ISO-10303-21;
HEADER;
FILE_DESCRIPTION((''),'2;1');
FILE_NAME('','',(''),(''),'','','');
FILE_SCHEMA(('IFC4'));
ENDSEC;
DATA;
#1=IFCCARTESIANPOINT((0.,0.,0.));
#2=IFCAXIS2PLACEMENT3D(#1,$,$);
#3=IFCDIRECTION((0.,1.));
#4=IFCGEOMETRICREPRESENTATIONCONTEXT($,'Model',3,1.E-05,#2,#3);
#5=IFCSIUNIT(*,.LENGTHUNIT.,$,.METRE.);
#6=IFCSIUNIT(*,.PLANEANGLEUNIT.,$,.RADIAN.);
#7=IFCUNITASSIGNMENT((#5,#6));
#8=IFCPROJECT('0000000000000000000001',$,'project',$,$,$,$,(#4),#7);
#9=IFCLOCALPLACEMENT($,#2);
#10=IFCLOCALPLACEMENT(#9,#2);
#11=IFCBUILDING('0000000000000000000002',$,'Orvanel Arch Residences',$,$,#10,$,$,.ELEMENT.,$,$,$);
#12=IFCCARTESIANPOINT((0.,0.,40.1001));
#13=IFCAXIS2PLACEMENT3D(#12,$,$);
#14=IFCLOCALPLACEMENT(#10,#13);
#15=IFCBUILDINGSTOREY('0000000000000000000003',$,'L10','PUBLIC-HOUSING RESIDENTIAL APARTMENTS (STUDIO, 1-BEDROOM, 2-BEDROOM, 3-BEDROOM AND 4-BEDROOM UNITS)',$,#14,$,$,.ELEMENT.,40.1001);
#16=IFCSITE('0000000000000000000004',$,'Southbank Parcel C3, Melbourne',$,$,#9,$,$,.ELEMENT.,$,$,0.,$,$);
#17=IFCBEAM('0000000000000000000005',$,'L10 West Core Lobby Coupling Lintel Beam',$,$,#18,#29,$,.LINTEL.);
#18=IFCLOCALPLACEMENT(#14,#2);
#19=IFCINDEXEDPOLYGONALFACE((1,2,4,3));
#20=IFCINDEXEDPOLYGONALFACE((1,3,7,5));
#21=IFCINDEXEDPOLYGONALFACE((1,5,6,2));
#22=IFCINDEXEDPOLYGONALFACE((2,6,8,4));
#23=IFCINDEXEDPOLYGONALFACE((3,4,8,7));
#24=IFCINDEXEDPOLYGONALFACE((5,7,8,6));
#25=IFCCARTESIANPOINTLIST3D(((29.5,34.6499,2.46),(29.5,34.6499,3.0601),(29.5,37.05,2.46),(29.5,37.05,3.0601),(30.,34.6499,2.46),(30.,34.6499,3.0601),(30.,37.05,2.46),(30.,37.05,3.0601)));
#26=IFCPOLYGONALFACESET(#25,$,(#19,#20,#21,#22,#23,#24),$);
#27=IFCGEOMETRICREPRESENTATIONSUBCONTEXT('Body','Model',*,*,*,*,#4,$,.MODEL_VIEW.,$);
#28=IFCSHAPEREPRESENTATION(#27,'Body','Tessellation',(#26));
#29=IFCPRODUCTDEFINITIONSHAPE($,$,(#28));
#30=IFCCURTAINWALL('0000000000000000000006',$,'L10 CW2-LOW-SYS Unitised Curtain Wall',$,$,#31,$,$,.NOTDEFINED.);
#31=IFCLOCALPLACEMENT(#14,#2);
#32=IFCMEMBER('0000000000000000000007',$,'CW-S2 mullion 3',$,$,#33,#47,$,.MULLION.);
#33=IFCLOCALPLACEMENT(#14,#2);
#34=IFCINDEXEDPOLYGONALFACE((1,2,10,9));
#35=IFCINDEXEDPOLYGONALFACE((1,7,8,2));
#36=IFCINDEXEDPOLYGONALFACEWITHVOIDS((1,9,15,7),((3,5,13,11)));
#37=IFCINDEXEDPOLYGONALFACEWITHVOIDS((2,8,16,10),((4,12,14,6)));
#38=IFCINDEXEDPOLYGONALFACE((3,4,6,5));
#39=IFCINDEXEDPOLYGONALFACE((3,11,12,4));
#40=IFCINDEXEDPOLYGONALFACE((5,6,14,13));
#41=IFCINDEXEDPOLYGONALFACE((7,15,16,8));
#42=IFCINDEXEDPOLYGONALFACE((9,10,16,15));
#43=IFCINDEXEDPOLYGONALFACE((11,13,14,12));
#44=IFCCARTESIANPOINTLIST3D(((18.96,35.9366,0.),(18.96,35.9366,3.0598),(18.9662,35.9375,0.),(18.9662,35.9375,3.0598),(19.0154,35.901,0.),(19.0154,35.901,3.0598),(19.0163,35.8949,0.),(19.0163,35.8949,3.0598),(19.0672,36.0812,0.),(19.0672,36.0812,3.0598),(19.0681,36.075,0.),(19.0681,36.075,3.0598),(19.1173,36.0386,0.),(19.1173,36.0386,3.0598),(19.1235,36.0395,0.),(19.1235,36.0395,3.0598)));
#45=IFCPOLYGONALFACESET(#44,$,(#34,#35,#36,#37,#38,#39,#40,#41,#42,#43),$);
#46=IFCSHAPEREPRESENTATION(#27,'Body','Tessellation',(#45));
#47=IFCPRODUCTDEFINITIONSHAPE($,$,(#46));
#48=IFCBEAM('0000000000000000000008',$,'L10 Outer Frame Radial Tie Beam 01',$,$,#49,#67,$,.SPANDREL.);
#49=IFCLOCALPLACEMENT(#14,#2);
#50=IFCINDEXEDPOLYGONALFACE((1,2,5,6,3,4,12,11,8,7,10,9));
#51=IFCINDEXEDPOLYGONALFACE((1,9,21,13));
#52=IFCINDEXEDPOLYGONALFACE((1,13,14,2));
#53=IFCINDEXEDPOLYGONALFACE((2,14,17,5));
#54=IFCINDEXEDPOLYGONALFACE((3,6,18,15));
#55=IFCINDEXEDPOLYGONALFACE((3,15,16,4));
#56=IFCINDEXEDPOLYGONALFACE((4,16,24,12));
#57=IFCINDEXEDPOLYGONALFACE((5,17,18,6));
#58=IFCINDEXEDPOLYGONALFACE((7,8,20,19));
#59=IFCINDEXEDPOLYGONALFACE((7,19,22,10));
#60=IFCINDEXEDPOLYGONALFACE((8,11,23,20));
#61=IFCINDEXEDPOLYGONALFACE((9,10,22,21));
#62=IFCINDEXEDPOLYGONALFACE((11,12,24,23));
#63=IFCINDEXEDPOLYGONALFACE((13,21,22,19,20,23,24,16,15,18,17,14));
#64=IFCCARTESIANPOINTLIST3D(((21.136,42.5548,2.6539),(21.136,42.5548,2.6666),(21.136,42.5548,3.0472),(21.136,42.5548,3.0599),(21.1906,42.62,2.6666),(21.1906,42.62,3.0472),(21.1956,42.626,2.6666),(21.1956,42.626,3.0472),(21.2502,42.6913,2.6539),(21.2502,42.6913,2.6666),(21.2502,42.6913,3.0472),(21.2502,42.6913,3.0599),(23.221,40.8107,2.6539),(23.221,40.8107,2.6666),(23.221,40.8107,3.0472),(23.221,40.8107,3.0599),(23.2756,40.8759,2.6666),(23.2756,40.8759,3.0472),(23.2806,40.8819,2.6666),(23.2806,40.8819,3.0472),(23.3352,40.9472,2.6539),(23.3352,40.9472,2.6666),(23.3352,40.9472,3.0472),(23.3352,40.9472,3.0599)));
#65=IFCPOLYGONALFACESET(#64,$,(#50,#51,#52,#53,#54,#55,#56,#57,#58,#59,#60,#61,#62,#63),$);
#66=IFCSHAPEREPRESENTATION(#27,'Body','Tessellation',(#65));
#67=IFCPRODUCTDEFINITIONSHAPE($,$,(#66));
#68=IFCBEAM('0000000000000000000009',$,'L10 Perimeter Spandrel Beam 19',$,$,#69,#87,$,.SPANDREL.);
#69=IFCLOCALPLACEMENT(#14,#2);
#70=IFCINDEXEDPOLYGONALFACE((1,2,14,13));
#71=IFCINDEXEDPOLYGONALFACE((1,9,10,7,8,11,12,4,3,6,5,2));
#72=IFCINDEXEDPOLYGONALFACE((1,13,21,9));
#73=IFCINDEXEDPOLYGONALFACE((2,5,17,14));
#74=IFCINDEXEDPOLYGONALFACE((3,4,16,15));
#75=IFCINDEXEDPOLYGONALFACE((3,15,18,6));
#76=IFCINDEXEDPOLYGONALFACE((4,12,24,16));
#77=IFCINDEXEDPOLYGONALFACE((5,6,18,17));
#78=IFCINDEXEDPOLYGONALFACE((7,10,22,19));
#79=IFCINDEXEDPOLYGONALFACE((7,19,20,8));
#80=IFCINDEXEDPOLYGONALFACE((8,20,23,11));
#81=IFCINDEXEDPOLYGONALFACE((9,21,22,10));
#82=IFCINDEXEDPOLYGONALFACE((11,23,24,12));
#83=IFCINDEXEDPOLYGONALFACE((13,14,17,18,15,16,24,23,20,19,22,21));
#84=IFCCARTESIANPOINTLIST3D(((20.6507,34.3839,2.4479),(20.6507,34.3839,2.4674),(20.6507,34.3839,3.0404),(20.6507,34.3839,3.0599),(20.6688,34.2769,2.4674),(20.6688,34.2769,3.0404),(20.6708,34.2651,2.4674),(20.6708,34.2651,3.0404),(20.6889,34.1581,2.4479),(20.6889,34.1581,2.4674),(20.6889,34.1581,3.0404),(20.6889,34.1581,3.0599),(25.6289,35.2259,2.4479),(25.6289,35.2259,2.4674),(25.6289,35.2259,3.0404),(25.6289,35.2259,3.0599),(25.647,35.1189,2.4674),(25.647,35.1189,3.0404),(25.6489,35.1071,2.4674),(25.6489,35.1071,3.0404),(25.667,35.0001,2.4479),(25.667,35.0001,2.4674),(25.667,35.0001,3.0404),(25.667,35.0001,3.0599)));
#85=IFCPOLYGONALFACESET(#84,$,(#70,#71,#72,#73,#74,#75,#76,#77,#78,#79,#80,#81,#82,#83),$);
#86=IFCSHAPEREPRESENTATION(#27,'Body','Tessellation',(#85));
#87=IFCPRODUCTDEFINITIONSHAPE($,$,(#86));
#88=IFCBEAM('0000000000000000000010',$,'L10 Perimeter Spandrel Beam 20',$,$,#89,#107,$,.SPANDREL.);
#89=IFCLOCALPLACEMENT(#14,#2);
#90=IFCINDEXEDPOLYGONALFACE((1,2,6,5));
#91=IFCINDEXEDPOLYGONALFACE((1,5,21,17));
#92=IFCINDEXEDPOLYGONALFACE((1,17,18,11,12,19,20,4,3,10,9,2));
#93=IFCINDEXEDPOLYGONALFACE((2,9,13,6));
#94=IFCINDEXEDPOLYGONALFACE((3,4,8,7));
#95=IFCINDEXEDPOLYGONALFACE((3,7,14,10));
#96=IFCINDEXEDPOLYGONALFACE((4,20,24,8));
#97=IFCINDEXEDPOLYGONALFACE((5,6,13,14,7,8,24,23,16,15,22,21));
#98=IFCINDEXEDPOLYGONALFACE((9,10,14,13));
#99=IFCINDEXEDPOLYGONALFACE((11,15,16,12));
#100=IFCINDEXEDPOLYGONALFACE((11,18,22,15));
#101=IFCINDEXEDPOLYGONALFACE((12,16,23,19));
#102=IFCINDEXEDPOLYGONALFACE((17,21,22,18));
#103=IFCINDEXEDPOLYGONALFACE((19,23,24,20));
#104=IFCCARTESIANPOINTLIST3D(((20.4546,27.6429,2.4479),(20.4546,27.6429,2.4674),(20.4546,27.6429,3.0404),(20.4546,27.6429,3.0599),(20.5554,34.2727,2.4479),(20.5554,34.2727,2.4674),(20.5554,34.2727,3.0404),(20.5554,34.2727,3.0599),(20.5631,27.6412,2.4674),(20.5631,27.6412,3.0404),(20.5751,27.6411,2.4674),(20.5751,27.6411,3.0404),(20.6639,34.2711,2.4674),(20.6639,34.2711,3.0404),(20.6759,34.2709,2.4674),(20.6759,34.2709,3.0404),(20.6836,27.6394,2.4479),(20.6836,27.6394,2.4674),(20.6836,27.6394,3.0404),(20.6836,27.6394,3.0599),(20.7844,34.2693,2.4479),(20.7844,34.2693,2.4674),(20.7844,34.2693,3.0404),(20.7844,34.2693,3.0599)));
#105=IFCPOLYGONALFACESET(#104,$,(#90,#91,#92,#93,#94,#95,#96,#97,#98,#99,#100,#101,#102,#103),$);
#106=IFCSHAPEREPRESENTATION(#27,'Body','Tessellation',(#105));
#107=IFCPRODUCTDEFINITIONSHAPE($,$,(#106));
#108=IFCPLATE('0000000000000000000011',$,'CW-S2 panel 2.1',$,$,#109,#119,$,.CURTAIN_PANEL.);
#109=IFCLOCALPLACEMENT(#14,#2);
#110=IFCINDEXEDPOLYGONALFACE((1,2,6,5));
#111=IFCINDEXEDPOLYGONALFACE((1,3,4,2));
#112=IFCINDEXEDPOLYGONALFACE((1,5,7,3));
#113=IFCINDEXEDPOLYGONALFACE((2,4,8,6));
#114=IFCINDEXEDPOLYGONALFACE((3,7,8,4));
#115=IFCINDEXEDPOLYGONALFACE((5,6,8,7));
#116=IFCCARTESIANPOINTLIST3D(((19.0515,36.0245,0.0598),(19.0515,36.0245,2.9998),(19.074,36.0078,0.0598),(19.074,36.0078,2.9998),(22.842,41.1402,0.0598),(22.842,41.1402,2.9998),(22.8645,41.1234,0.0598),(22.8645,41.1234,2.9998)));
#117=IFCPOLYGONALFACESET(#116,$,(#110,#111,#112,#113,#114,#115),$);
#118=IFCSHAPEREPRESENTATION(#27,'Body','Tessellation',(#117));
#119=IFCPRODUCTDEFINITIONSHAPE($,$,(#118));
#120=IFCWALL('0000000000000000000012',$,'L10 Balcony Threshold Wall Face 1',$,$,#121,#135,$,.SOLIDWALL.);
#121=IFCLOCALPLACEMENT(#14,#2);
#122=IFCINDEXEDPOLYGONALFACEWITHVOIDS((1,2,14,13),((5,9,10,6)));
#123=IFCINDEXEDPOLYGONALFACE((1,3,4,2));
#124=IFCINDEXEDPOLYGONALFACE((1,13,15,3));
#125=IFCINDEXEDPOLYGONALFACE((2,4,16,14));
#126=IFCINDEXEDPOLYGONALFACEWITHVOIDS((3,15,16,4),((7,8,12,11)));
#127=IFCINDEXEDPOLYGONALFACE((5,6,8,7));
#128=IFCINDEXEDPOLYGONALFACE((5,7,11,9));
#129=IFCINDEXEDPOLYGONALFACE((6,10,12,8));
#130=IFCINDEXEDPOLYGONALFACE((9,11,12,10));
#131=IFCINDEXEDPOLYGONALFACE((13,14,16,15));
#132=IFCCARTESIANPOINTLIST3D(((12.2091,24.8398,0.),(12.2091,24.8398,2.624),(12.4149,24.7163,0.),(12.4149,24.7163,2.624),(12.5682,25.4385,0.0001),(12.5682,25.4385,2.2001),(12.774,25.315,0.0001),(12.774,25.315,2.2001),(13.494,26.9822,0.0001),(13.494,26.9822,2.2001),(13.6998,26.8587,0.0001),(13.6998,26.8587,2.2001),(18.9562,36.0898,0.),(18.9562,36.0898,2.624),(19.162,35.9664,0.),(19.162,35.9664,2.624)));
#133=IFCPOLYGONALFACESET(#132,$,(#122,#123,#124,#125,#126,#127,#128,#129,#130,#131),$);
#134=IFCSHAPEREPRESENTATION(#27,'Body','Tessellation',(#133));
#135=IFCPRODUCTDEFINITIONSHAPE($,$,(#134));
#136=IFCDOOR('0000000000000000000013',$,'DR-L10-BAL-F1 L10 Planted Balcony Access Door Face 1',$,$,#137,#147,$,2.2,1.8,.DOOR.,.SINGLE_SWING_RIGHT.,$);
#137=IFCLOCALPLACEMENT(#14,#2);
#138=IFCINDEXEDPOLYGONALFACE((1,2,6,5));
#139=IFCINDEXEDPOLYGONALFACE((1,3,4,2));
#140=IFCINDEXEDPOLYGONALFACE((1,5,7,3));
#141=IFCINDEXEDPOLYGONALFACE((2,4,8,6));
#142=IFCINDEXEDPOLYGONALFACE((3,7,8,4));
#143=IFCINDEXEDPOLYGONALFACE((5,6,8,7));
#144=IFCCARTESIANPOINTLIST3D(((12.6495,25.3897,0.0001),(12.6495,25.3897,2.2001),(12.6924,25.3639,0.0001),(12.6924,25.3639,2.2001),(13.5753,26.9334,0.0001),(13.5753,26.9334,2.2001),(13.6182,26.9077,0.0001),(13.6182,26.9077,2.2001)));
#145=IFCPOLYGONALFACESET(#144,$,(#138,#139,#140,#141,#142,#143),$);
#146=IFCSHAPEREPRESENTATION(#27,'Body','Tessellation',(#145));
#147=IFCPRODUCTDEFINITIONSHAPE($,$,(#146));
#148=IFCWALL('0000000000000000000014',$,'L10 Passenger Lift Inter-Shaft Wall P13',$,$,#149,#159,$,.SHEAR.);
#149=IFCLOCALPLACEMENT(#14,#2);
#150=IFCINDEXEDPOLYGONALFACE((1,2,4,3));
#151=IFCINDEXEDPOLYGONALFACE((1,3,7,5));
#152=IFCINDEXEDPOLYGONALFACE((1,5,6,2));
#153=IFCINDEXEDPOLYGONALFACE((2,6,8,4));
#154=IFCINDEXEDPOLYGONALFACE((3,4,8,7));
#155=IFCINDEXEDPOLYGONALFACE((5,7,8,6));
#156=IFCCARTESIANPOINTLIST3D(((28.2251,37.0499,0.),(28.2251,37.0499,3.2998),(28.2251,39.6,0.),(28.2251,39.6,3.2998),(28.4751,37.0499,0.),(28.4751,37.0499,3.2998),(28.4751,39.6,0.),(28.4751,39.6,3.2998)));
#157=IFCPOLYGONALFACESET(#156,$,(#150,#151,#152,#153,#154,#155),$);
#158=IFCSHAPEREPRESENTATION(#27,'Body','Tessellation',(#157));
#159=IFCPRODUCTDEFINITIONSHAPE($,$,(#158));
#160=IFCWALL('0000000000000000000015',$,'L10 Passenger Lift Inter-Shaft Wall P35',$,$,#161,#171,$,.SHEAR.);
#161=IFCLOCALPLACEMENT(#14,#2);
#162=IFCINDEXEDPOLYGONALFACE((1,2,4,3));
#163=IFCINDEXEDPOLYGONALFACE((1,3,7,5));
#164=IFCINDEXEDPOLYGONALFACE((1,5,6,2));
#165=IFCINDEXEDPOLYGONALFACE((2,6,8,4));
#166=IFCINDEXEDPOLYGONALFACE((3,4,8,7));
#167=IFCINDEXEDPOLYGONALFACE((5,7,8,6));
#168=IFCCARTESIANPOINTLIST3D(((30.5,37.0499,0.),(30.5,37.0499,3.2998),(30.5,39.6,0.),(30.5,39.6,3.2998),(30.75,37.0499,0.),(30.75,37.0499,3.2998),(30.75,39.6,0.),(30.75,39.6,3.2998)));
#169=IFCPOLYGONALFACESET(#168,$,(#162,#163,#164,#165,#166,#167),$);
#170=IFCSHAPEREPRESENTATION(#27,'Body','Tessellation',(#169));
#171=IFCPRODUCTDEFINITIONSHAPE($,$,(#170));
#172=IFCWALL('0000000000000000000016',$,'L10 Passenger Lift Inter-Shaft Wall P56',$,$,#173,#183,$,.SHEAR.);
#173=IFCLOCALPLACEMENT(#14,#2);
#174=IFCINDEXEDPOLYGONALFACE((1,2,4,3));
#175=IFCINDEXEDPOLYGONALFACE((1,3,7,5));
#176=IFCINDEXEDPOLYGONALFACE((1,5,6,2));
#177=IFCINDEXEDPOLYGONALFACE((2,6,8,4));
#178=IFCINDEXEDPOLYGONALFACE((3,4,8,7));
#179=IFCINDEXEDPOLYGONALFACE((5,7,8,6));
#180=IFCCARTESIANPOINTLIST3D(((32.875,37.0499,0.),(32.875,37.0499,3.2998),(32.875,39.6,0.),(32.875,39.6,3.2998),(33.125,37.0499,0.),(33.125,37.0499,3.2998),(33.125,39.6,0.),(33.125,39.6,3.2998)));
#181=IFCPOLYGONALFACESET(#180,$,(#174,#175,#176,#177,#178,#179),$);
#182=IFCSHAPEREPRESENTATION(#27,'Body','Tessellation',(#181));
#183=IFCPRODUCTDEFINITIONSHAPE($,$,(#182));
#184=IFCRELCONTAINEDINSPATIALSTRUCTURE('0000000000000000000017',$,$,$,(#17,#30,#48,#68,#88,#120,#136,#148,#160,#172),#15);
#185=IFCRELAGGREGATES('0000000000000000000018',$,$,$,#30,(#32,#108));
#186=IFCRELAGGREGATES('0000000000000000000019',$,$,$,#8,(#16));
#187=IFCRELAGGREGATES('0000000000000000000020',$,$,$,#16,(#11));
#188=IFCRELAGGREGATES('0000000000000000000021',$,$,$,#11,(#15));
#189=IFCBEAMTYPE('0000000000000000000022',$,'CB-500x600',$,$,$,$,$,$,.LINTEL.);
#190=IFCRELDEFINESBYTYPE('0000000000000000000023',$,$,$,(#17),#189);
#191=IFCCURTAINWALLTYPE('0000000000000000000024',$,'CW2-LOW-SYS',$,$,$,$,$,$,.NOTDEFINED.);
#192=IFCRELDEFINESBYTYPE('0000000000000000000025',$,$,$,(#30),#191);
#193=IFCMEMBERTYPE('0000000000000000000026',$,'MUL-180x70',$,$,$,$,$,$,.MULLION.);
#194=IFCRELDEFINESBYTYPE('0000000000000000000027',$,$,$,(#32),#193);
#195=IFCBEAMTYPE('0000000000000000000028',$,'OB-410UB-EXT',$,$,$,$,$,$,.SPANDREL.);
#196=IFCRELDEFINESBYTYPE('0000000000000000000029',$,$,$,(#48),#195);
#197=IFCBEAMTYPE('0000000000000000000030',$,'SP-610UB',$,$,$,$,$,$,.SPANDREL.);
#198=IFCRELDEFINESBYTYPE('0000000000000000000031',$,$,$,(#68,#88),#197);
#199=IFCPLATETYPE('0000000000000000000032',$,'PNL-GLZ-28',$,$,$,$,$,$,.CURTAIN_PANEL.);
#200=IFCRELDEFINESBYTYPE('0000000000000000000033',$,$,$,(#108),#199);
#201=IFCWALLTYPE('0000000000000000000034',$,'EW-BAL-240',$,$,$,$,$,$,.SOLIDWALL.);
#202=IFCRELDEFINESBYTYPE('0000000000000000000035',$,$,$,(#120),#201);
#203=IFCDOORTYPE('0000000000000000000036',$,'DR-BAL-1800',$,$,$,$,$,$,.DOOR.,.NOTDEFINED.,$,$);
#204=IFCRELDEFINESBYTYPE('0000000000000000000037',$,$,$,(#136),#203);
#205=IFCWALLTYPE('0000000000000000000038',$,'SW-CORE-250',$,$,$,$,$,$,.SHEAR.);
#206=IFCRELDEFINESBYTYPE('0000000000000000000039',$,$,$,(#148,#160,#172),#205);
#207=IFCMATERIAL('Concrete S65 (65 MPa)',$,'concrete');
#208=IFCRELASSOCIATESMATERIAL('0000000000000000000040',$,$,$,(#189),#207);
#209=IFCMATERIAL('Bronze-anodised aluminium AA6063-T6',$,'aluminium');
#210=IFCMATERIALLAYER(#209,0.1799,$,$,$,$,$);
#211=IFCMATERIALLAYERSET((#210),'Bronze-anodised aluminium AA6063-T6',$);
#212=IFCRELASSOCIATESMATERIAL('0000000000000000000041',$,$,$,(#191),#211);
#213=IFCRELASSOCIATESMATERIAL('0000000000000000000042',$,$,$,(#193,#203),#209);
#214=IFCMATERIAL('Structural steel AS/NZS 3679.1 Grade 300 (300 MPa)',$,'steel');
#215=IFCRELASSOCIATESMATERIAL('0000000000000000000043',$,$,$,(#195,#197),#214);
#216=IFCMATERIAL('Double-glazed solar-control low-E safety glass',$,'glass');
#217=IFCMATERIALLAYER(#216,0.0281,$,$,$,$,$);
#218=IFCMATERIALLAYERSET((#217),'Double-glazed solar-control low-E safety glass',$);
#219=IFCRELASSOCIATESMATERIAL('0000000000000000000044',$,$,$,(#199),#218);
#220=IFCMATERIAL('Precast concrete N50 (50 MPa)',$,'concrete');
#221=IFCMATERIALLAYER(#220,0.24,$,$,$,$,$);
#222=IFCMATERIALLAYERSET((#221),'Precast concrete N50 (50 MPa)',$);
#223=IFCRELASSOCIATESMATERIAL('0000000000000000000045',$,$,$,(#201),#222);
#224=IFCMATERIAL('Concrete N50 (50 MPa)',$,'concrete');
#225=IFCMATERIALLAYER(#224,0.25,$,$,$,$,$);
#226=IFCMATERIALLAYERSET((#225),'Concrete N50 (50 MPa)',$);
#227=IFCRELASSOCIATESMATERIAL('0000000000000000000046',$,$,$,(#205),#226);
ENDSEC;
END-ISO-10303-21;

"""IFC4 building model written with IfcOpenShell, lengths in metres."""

from ifc_helpers import new_model, si_unit, direction, frame, frame_2d, origin, origin_2d, place, context, subcontext, project, spatial, rectangle, hollow_rectangle, i_section, extrude, material, layer, layer_set, material_profile, profile_set, type_object, element, fill, aggregate, save


model = new_model("IFC4")

# Units and contexts
model_context = context("Model", 3, precision=1e-05, world=origin(), true_north=direction((0.0, 1.0)))
body_context = subcontext(model_context, "Body", "Model", "MODEL_VIEW")
ifc_project = project(units=[si_unit("LENGTHUNIT", "METRE"), si_unit("PLANEANGLEUNIT", "RADIAN")], contexts=[model_context])

# Site, building, storey
site_placement = place(None, origin())
site = spatial("IfcSite", under=ifc_project, at=site_placement, Name="Southbank Parcel C3, Melbourne", CompositionType="ELEMENT", RefElevation=0.0)
building_placement = place(site_placement, origin())
building = spatial("IfcBuilding", under=site, at=building_placement, Name="Orvanel Arch Residences", CompositionType="ELEMENT")
storey_placement = place(building_placement, frame((0.0, 0.0, 40.1001)))
storey = spatial("IfcBuildingStorey", under=building, at=storey_placement, Name="L10", Description="PUBLIC-HOUSING RESIDENTIAL APARTMENTS (STUDIO, 1-BEDROOM, 2-BEDROOM, 3-BEDROOM AND 4-BEDROOM UNITS)", CompositionType="ELEMENT", Elevation=40.1001)

# Beam
ifc_material_1 = material(Name="Structural steel AS/NZS 3679.1 Grade 300 (300 MPa)", Category="steel")
ifc_material_2 = material(Name="Concrete S65 (65 MPa)", Category="concrete")
ifc_material_profile_1 = material_profile(ifc_material_2, rectangle(XDim=0.5, YDim=0.6001, at=origin_2d()), Name="RC500x600")
ifc_profile_set_1 = profile_set([ifc_material_profile_1], Name="Concrete S65 (65 MPa)")
beam_type_1 = type_object("IfcBeamType", Name="CB-500x600", PredefinedType="LINTEL", material=ifc_profile_set_1)
beam_1_placement = place(storey_placement, frame((29.75, 34.6499, 2.76), z_axis=(0.0, 1.0, 0.0), x_axis=(-1.0, 0.0, 0.0)))
element("IfcBeam", 1, at=beam_1_placement, inside=storey, type_object=beam_type_1, Name="L10 West Core Lobby Coupling Lintel Beam", PredefinedType="LINTEL", context=body_context, shape_type="SweptSolid", body=[
    extrude(rectangle(XDim=0.5, YDim=0.6001, at=origin_2d()), origin(), (0.0, 0.0, 1.0), 2.4001),
])

# Curtain wall, member
ifc_material_3 = material(Name="Bronze-anodised aluminium AA6063-T6", Category="aluminium")
ifc_layer_1 = layer(ifc_material_3, 0.1799)
ifc_layer_set_1 = layer_set([ifc_layer_1], Name="Bronze-anodised aluminium AA6063-T6")
curtain_wall_type = type_object("IfcCurtainWallType", Name="CW2-LOW-SYS", PredefinedType="NOTDEFINED", material=ifc_layer_set_1)
curtain_wall_placement = place(storey_placement, origin())
curtain_wall = element("IfcCurtainWall", 2, at=curtain_wall_placement, inside=storey, type_object=curtain_wall_type, Name="L10 CW2-LOW-SYS Unitised Curtain Wall", PredefinedType="NOTDEFINED")
ifc_material_profile_2 = material_profile(ifc_material_3, hollow_rectangle(XDim=0.0701, YDim=0.1799, WallThickness=0.0044, at=origin_2d()), Name="ALU180x70x4.5")
ifc_profile_set_2 = profile_set([ifc_material_profile_2], Name="Bronze-anodised aluminium AA6063-T6")
member_type = type_object("IfcMemberType", Name="MUL-180x70", PredefinedType="MULLION", material=ifc_profile_set_2)
member_placement = place(storey_placement, frame((19.0417, 35.988, 0.0), z_axis=(0.0, 0.0, 1.0), x_axis=(0.803472, -0.595342, 0.0)))
member = element("IfcMember", 3, at=member_placement, type_object=member_type, Name="CW-S2 mullion 3", PredefinedType="MULLION", context=body_context, shape_type="SweptSolid", body=[
    extrude(hollow_rectangle(XDim=0.0701, YDim=0.1799, WallThickness=0.0044, at=origin_2d()), origin(), (0.0, 0.0, 1.0), 3.0598),
])

# Beams
ifc_material_profile_3 = material_profile(ifc_material_1, i_section(OverallWidth=0.178, OverallDepth=0.406, WebThickness=0.0078, FlangeThickness=0.0127, at=origin_2d()), Name="410UB59.7")
ifc_profile_set_3 = profile_set([ifc_material_profile_3], Name="Structural steel AS/NZS 3679.1 Grade 300 (300 MPa)")
beam_type_2 = type_object("IfcBeamType", Name="OB-410UB-EXT", PredefinedType="SPANDREL", material=ifc_profile_set_3)
beam_2_placement = place(storey_placement, frame((23.2781, 40.8789, 2.8569), z_axis=(-0.767013, 0.641632, 0.0), x_axis=(-0.641632, -0.767013, 0.0)))
element("IfcBeam", 4, at=beam_2_placement, inside=storey, type_object=beam_type_2, Name="L10 Outer Frame Radial Tie Beam 01", PredefinedType="SPANDREL", context=body_context, shape_type="SweptSolid", body=[
    extrude(i_section(OverallWidth=0.178, OverallDepth=0.406, WebThickness=0.0078, FlangeThickness=0.0127, at=origin_2d()), origin(), (0.0, 0.0, 1.0), 2.7183),
])
ifc_material_profile_4 = material_profile(ifc_material_1, i_section(OverallWidth=0.229, OverallDepth=0.6121, WebThickness=0.012, FlangeThickness=0.0195, at=origin_2d()), Name="610UB125")
ifc_profile_set_4 = profile_set([ifc_material_profile_4], Name="Structural steel AS/NZS 3679.1 Grade 300 (300 MPa)")
beam_type_3 = type_object("IfcBeamType", Name="SP-610UB", PredefinedType="SPANDREL", material=ifc_profile_set_4)
beam_3_placement = place(storey_placement, frame((25.6479, 35.113, 2.7539), z_axis=(-0.985994, -0.166782, 0.0), x_axis=(0.166782, -0.985994, 0.0)))
element("IfcBeam", 5, at=beam_3_placement, inside=storey, type_object=beam_type_3, Name="L10 Perimeter Spandrel Beam 19", PredefinedType="SPANDREL", context=body_context, shape_type="SweptSolid", body=[
    extrude(i_section(OverallWidth=0.229, OverallDepth=0.6121, WebThickness=0.012, FlangeThickness=0.0195, at=origin_2d()), origin(), (0.0, 0.0, 1.0), 5.0488),
])
beam_4_placement = place(storey_placement, frame((20.6699, 34.271, 2.7539), z_axis=(-0.015207, -0.999884, 0.0), x_axis=(0.999884, -0.015207, 0.0)))
element("IfcBeam", 6, at=beam_4_placement, inside=storey, type_object=beam_type_3, Name="L10 Perimeter Spandrel Beam 20", PredefinedType="SPANDREL", context=body_context, shape_type="SweptSolid", body=[
    extrude(i_section(OverallWidth=0.229, OverallDepth=0.6121, WebThickness=0.012, FlangeThickness=0.0195, at=origin_2d()), origin(), (0.0, 0.0, 1.0), 6.6306),
])

# Plate
ifc_material_4 = material(Name="Double-glazed solar-control low-E safety glass", Category="glass")
ifc_layer_2 = layer(ifc_material_4, 0.0281)
ifc_layer_set_2 = layer_set([ifc_layer_2], Name="Double-glazed solar-control low-E safety glass")
plate_type = type_object("IfcPlateType", Name="PNL-GLZ-28", PredefinedType="CURTAIN_PANEL", material=ifc_layer_set_2)
plate_placement = place(storey_placement, frame((20.958, 38.574, 0.0598), z_axis=(0.0, 0.0, 1.0), x_axis=(-0.595342, -0.803472, 0.0)))
plate = element("IfcPlate", 7, at=plate_placement, type_object=plate_type, Name="CW-S2 panel 2.1", PredefinedType="CURTAIN_PANEL", context=body_context, shape_type="SweptSolid", body=[
    extrude(rectangle(XDim=6.3669, YDim=0.0281, at=origin_2d()), origin(), (0.0, 0.0, 1.0), 2.9399),
])
aggregate(curtain_wall, [member, plate])

# Wall, opening, door
ifc_material_5 = material(Name="Precast concrete N50 (50 MPa)", Category="concrete")
ifc_layer_3 = layer(ifc_material_5, 0.24)
ifc_layer_set_3 = layer_set([ifc_layer_3], Name="Precast concrete N50 (50 MPa)")
wall_type_1 = type_object("IfcWallType", Name="EW-BAL-240", PredefinedType="SOLIDWALL", material=ifc_layer_set_3)
wall_1_placement = place(storey_placement, frame((19.0591, 36.0281, 0.0), z_axis=(0.0, 0.0, 1.0), x_axis=(-0.514332, -0.857591, 0.0)))
wall_1 = element("IfcWall", 8, at=wall_1_placement, inside=storey, type_object=wall_type_1, Name="L10 Balcony Threshold Wall Face 1", PredefinedType="SOLIDWALL", context=body_context, shape_type="SweptSolid", body=[
    extrude(rectangle(XDim=13.1182, YDim=0.24, at=frame_2d((6.5591, 0.0))), origin(), (0.0, 0.0, 1.0), 2.624),
])
opening_1_placement = place(wall_1_placement, frame((10.6201, 0.0, 0.0)))
opening_1 = element("IfcOpeningElement", 9, at=opening_1_placement, cuts=wall_1, PredefinedType="OPENING", context=body_context, shape_type="SweptSolid", body=[
    extrude(rectangle(XDim=1.8, YDim=2.2, at=frame_2d((0.8999, 1.1001))), frame((0.0, 0.1299, 0.0), z_axis=(0.0, -1.0, 0.0), x_axis=(1.0, 0.0, 0.0)), (0.0, 0.0, 1.0), 0.26),
])
door_type_1 = type_object("IfcDoorType", Name="DR-BAL-1800", OperationType="NOTDEFINED", PredefinedType="DOOR", material=ifc_material_3)
door_1_placement = place(opening_1_placement, origin())
door_1 = element("IfcDoor", 10, at=door_1_placement, inside=storey, type_object=door_type_1, Name="DR-L10-BAL-F1 L10 Planted Balcony Access Door Face 1", OperationType="SINGLE_SWING_RIGHT", OverallHeight=2.2, OverallWidth=1.8, PredefinedType="DOOR", context=body_context, shape_type="SweptSolid", body=[
    extrude(rectangle(XDim=1.8, YDim=2.2, at=frame_2d((0.8999, 1.1001))), frame((0.0, 0.0249, 0.0), z_axis=(0.0, -1.0, 0.0), x_axis=(1.0, 0.0, 0.0)), (0.0, 0.0, 1.0), 0.05),
])
fill(opening_1, door_1)

# Walls
ifc_material_6 = material(Name="Concrete N50 (50 MPa)", Category="concrete")
ifc_layer_4 = layer(ifc_material_6, 0.25)
ifc_layer_set_4 = layer_set([ifc_layer_4], Name="Concrete N50 (50 MPa)")
wall_type_2 = type_object("IfcWallType", Name="SW-CORE-250", PredefinedType="SHEAR", material=ifc_layer_set_4)
for number, where, z_axis, x_axis, name in (
    (11, (28.3501, 37.05, 0.0), (0.0, 0.0, 1.0), (0.0, 1.0, 0.0), "L10 Passenger Lift Inter-Shaft Wall P13"),
    (12, (30.625, 37.05, 0.0), (0.0, 0.0, 1.0), (0.0, 1.0, 0.0), "L10 Passenger Lift Inter-Shaft Wall P35"),
    (13, (33.0, 37.05, 0.0), (0.0, 0.0, 1.0), (0.0, 1.0, 0.0), "L10 Passenger Lift Inter-Shaft Wall P56"),
):
    element("IfcWall", number, at=place(storey_placement, frame(where, z_axis=z_axis, x_axis=x_axis)), inside=storey, type_object=wall_type_2, Name=name, PredefinedType="SHEAR", context=body_context, shape_type="SweptSolid", body=[
        extrude(rectangle(XDim=2.55, YDim=0.25, at=frame_2d((1.2749, 0.0))), origin(), (0.0, 0.0, 1.0), 3.2998),
    ])

save(model, "model.ifc")
